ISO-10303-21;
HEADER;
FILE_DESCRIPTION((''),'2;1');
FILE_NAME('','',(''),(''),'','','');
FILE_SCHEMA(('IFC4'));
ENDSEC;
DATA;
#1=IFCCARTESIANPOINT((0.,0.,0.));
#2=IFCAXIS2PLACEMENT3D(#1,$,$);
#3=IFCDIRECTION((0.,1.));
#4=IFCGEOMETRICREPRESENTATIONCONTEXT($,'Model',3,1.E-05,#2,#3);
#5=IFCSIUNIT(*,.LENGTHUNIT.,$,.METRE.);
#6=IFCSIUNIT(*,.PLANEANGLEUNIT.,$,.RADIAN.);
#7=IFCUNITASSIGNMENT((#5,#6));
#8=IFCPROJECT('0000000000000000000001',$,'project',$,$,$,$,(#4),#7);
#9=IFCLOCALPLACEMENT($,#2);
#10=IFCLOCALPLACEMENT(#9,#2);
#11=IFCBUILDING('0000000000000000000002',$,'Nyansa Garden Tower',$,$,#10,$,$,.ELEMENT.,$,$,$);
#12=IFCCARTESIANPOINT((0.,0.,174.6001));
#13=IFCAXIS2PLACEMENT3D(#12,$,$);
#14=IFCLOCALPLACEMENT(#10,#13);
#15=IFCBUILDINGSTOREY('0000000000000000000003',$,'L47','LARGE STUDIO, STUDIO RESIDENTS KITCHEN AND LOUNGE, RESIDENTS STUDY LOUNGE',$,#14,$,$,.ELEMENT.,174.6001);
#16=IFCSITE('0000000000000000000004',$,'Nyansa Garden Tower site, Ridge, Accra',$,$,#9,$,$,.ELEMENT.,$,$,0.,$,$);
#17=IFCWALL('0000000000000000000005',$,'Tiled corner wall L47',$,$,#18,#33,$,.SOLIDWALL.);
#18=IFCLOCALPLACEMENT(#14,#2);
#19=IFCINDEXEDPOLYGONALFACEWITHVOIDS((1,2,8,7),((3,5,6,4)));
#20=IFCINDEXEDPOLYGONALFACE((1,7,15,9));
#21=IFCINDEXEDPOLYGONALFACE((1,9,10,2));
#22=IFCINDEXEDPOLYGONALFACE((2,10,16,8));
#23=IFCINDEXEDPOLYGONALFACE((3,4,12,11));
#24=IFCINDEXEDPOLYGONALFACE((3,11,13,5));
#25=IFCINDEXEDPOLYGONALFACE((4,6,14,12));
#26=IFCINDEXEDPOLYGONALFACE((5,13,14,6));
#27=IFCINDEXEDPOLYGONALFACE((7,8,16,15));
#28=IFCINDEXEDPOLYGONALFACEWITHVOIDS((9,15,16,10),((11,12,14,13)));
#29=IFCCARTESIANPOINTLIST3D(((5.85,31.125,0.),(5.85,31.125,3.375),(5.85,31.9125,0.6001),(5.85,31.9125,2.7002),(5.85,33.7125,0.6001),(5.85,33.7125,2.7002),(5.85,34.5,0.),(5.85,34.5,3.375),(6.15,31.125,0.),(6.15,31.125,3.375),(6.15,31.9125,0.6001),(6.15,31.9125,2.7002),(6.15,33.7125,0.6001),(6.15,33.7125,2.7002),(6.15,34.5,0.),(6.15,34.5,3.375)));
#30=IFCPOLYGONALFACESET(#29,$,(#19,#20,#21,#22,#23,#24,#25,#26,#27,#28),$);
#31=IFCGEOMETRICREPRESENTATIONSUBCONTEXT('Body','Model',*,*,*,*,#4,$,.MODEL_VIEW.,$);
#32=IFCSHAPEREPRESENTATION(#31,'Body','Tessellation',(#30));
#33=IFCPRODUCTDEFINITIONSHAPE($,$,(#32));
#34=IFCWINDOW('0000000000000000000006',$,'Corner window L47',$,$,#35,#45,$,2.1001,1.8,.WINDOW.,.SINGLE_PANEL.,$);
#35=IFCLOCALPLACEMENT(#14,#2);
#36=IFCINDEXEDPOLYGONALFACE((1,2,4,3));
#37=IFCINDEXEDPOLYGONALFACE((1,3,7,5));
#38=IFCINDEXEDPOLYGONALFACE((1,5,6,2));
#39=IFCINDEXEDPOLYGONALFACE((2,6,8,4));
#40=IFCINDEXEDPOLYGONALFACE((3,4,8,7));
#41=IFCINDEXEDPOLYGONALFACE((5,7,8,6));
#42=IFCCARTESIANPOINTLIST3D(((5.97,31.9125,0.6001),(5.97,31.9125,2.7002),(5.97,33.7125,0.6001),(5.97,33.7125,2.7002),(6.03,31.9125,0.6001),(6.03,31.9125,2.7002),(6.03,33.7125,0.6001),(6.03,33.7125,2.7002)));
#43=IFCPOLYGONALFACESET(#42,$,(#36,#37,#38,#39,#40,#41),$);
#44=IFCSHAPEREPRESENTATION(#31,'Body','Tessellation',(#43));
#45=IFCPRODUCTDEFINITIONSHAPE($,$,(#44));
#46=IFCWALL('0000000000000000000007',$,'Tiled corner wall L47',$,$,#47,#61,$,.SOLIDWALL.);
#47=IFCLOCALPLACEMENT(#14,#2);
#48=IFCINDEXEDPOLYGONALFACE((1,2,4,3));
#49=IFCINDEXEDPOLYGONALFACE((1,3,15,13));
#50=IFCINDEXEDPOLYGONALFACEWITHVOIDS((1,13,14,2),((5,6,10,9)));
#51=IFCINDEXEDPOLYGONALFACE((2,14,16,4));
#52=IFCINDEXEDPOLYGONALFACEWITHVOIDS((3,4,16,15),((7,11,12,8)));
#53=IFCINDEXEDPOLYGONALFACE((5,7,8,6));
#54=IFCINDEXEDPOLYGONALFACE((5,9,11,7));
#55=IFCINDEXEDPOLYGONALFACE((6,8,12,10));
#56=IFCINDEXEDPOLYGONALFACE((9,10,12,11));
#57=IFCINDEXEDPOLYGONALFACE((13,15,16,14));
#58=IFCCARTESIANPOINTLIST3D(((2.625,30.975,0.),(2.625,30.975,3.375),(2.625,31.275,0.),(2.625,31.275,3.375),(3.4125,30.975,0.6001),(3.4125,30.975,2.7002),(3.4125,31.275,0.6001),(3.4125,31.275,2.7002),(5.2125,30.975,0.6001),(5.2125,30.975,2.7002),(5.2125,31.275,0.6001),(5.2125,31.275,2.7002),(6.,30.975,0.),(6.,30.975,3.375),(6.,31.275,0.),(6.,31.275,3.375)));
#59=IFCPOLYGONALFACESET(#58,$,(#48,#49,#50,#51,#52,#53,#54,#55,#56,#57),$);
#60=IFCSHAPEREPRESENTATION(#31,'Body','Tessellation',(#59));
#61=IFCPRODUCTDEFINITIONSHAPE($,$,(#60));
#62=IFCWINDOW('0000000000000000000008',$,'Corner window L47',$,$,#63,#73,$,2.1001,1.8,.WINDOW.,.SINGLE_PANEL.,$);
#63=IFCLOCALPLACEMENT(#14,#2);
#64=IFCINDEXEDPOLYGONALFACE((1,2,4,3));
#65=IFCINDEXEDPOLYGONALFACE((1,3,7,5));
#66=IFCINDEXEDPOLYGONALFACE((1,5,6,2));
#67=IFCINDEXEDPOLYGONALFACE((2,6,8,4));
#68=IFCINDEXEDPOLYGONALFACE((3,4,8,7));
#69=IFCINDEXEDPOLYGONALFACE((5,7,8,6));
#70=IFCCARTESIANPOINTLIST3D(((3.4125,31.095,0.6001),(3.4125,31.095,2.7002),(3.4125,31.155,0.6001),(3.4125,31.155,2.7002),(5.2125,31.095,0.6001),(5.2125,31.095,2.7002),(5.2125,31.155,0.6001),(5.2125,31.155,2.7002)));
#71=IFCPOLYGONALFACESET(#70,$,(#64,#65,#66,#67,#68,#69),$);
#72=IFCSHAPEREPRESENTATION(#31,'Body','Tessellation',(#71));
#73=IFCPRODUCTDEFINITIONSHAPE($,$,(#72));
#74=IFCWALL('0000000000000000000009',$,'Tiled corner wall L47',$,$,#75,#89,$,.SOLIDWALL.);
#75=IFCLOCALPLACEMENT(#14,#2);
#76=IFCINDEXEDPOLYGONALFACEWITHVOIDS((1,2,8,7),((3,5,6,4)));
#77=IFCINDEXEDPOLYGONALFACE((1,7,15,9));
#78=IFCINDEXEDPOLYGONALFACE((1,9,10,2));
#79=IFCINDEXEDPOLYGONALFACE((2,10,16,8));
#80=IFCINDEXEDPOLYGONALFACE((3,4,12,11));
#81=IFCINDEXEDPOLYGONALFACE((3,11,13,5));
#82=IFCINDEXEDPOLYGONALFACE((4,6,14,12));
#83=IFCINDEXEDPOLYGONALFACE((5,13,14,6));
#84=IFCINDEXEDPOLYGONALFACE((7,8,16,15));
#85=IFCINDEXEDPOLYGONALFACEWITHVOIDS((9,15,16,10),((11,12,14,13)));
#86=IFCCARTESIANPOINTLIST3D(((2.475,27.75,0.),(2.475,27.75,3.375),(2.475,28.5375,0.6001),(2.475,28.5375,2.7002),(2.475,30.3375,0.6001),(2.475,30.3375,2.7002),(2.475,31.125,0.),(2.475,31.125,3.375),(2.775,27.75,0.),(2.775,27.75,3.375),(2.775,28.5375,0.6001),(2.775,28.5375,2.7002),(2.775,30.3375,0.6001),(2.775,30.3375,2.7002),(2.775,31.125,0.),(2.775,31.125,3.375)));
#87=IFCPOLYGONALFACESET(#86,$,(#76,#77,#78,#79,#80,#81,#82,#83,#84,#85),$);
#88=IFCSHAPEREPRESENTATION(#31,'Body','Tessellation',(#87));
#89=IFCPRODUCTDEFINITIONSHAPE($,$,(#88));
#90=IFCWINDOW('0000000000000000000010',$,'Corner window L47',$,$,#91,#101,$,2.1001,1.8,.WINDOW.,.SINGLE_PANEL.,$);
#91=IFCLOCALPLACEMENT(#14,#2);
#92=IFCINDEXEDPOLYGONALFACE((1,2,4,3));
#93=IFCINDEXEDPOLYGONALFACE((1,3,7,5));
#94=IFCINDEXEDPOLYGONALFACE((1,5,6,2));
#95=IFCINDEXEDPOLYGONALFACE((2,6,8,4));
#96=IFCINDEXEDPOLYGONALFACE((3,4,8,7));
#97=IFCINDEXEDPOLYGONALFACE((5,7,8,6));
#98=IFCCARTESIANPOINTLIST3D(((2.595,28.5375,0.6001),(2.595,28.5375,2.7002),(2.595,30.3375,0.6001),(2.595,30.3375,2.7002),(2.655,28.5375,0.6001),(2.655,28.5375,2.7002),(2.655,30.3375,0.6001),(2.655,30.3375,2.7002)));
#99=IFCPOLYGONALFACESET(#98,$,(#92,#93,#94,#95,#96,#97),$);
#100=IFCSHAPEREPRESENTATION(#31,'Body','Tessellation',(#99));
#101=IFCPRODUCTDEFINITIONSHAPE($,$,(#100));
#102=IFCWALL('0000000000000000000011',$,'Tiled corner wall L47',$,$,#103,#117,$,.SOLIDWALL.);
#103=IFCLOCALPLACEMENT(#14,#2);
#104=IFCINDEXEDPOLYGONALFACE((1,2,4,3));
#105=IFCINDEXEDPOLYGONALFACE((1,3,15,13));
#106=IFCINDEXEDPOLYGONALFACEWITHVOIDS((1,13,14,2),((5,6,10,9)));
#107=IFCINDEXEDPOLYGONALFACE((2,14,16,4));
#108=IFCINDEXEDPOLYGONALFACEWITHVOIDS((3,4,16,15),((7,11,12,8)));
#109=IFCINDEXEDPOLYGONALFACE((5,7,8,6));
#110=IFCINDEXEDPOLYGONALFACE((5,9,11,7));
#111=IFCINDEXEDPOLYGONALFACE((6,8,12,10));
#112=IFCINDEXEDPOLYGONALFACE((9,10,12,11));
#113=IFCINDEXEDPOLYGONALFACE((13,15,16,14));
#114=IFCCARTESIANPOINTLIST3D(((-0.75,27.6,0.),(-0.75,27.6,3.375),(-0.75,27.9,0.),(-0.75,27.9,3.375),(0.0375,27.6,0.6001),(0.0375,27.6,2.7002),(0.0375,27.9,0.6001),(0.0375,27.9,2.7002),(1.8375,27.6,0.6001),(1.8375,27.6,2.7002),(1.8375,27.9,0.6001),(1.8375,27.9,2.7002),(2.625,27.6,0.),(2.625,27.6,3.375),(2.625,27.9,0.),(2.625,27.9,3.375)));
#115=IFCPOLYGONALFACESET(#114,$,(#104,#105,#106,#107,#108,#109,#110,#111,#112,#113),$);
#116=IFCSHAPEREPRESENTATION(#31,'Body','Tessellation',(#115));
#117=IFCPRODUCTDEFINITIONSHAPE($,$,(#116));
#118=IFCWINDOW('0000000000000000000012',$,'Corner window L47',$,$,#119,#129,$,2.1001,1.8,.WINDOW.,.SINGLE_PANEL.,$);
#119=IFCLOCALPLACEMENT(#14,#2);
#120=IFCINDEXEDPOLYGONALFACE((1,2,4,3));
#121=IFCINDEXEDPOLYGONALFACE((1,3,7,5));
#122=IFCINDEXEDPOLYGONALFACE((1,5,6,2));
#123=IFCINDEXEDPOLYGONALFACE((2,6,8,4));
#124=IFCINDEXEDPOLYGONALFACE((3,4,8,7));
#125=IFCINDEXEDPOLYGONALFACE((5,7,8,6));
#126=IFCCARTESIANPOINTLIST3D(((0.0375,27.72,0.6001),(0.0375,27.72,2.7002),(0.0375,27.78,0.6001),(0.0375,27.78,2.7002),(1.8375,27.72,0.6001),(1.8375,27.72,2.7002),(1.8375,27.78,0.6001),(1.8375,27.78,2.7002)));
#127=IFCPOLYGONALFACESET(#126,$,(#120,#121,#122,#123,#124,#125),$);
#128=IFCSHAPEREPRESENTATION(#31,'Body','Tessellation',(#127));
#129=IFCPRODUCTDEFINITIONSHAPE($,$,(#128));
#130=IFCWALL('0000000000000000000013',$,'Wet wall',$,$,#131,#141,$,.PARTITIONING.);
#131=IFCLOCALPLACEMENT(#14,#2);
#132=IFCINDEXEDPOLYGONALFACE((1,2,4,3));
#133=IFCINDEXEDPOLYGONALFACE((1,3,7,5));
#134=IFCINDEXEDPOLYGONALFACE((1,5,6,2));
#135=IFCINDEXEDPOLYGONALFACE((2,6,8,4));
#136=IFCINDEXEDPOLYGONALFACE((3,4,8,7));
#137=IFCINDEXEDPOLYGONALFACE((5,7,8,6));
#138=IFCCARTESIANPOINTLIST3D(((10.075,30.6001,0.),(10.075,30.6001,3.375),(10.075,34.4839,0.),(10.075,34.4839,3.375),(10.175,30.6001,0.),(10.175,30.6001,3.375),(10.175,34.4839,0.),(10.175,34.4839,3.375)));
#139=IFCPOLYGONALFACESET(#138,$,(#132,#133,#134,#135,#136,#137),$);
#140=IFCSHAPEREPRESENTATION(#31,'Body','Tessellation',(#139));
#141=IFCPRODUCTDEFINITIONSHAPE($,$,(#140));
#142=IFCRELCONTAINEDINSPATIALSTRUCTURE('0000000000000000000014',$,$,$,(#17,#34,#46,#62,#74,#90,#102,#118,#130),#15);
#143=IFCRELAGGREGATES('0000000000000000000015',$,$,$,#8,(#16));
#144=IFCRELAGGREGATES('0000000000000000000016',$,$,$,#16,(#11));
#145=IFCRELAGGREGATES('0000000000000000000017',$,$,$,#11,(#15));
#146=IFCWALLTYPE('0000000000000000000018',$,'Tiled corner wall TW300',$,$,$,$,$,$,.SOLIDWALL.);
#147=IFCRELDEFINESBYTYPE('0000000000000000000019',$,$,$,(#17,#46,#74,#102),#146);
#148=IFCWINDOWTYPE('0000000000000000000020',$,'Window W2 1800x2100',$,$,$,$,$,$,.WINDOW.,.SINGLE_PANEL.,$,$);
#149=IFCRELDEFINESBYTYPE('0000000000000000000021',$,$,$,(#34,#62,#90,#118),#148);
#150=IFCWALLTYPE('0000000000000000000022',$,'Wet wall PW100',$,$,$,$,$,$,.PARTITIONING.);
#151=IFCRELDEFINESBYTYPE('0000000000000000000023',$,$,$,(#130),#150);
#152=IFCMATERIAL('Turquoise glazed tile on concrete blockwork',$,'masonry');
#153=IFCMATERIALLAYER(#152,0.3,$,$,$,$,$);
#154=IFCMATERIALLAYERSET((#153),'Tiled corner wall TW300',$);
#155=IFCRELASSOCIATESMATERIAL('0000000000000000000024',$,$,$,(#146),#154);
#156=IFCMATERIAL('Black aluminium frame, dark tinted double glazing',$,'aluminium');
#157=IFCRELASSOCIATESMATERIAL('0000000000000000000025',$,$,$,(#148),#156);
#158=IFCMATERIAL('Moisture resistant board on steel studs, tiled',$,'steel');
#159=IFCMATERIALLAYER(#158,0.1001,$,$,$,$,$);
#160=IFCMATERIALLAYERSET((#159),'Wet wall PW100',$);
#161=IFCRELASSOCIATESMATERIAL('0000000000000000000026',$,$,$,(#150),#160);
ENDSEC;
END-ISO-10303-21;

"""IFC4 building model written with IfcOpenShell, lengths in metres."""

from ifc_helpers import new_model, si_unit, direction, frame, frame_2d, origin, place, context, subcontext, project, spatial, rectangle, extrude, material, layer, layer_set, type_object, element, fill, save


model = new_model("IFC4")

# Units and contexts
model_context = context("Model", 3, precision=1e-05, world=origin(), true_north=direction((0.0, 1.0)))
body_context = subcontext(model_context, "Body", "Model", "MODEL_VIEW")
ifc_project = project(units=[si_unit("LENGTHUNIT", "METRE"), si_unit("PLANEANGLEUNIT", "RADIAN")], contexts=[model_context])

# Site, building, storey
site_placement = place(None, origin())
site = spatial("IfcSite", under=ifc_project, at=site_placement, Name="Nyansa Garden Tower site, Ridge, Accra", CompositionType="ELEMENT", RefElevation=0.0)
building_placement = place(site_placement, origin())
building = spatial("IfcBuilding", under=site, at=building_placement, Name="Nyansa Garden Tower", CompositionType="ELEMENT")
storey_placement = place(building_placement, frame((0.0, 0.0, 174.6001)))
storey = spatial("IfcBuildingStorey", under=building, at=storey_placement, Name="L47", Description="LARGE STUDIO, STUDIO RESIDENTS KITCHEN AND LOUNGE, RESIDENTS STUDY LOUNGE", CompositionType="ELEMENT", Elevation=174.6001)

# Walls, openings, windows
ifc_material_1 = material(Name="Turquoise glazed tile on concrete blockwork", Category="masonry")
ifc_layer_1 = layer(ifc_material_1, 0.3)
ifc_layer_set_1 = layer_set([ifc_layer_1], Name="Tiled corner wall TW300")
wall_type_1 = type_object("IfcWallType", Name="Tiled corner wall TW300", PredefinedType="SOLIDWALL", material=ifc_layer_set_1)
wall_1_placement = place(storey_placement, frame((6.0, 34.5, 0.0), z_axis=(0.0, 0.0, 1.0), x_axis=(0.0, -1.0, 0.0)))
wall_1 = element("IfcWall", 1, at=wall_1_placement, inside=storey, type_object=wall_type_1, Name="Tiled corner wall L47", PredefinedType="SOLIDWALL", context=body_context, shape_type="SweptSolid", body=[
    extrude(rectangle(XDim=3.375, YDim=0.3, at=frame_2d((1.6875, 0.0))), origin(), (0.0, 0.0, 1.0), 3.375),
])
opening_1_placement = place(wall_1_placement, frame((0.7876, 0.0, 0.6001)))
opening_1 = element("IfcOpeningElement", 2, at=opening_1_placement, cuts=wall_1, PredefinedType="OPENING", context=body_context, shape_type="SweptSolid", body=[
    extrude(rectangle(XDim=1.8, YDim=2.1001, at=frame_2d((0.8999, 1.05))), frame((0.0, 0.1599, 0.0), z_axis=(0.0, -1.0, 0.0), x_axis=(1.0, 0.0, 0.0)), (0.0, 0.0, 1.0), 0.3201),
])
ifc_material_2 = material(Name="Black aluminium frame, dark tinted double glazing", Category="aluminium")
window_type = type_object("IfcWindowType", Name="Window W2 1800x2100", PartitioningType="SINGLE_PANEL", PredefinedType="WINDOW", material=ifc_material_2)
window_1_placement = place(opening_1_placement, origin())
window_1 = element("IfcWindow", 3, at=window_1_placement, inside=storey, type_object=window_type, Name="Corner window L47", OverallHeight=2.1001, OverallWidth=1.8, PartitioningType="SINGLE_PANEL", PredefinedType="WINDOW", context=body_context, shape_type="SweptSolid", body=[
    extrude(rectangle(XDim=1.8, YDim=2.1001, at=frame_2d((0.8999, 1.05))), frame((0.0, 0.03, 0.0), z_axis=(0.0, -1.0, 0.0), x_axis=(1.0, 0.0, 0.0)), (0.0, 0.0, 1.0), 0.0601),
])
fill(opening_1, window_1)
wall_2_placement = place(storey_placement, frame((6.0, 31.125, 0.0), z_axis=(0.0, 0.0, 1.0), x_axis=(-1.0, 0.0, 0.0)))
wall_2 = element("IfcWall", 4, at=wall_2_placement, inside=storey, type_object=wall_type_1, Name="Tiled corner wall L47", PredefinedType="SOLIDWALL", context=body_context, shape_type="SweptSolid", body=[
    extrude(rectangle(XDim=3.375, YDim=0.3, at=frame_2d((1.6875, 0.0))), origin(), (0.0, 0.0, 1.0), 3.375),
])
opening_2_placement = place(wall_2_placement, frame((0.7876, 0.0, 0.6001)))
opening_2 = element("IfcOpeningElement", 5, at=opening_2_placement, cuts=wall_2, PredefinedType="OPENING", context=body_context, shape_type="SweptSolid", body=[
    extrude(rectangle(XDim=1.8, YDim=2.1001, at=frame_2d((0.8999, 1.05))), frame((0.0, 0.1599, 0.0), z_axis=(0.0, -1.0, 0.0), x_axis=(1.0, 0.0, 0.0)), (0.0, 0.0, 1.0), 0.3201),
])
window_2_placement = place(opening_2_placement, origin())
window_2 = element("IfcWindow", 6, at=window_2_placement, inside=storey, type_object=window_type, Name="Corner window L47", OverallHeight=2.1001, OverallWidth=1.8, PartitioningType="SINGLE_PANEL", PredefinedType="WINDOW", context=body_context, shape_type="SweptSolid", body=[
    extrude(rectangle(XDim=1.8, YDim=2.1001, at=frame_2d((0.8999, 1.05))), frame((0.0, 0.03, 0.0), z_axis=(0.0, -1.0, 0.0), x_axis=(1.0, 0.0, 0.0)), (0.0, 0.0, 1.0), 0.0601),
])
fill(opening_2, window_2)
wall_3_placement = place(storey_placement, frame((2.625, 31.125, 0.0), z_axis=(0.0, 0.0, 1.0), x_axis=(0.0, -1.0, 0.0)))
wall_3 = element("IfcWall", 7, at=wall_3_placement, inside=storey, type_object=wall_type_1, Name="Tiled corner wall L47", PredefinedType="SOLIDWALL", context=body_context, shape_type="SweptSolid", body=[
    extrude(rectangle(XDim=3.375, YDim=0.3, at=frame_2d((1.6875, 0.0))), origin(), (0.0, 0.0, 1.0), 3.375),
])
opening_3_placement = place(wall_3_placement, frame((0.7876, 0.0, 0.6001)))
opening_3 = element("IfcOpeningElement", 8, at=opening_3_placement, cuts=wall_3, PredefinedType="OPENING", context=body_context, shape_type="SweptSolid", body=[
    extrude(rectangle(XDim=1.8, YDim=2.1001, at=frame_2d((0.8999, 1.05))), frame((0.0, 0.1599, 0.0), z_axis=(0.0, -1.0, 0.0), x_axis=(1.0, 0.0, 0.0)), (0.0, 0.0, 1.0), 0.3201),
])
window_3_placement = place(opening_3_placement, origin())
window_3 = element("IfcWindow", 9, at=window_3_placement, inside=storey, type_object=window_type, Name="Corner window L47", OverallHeight=2.1001, OverallWidth=1.8, PartitioningType="SINGLE_PANEL", PredefinedType="WINDOW", context=body_context, shape_type="SweptSolid", body=[
    extrude(rectangle(XDim=1.8, YDim=2.1001, at=frame_2d((0.8999, 1.05))), frame((0.0, 0.03, 0.0), z_axis=(0.0, -1.0, 0.0), x_axis=(1.0, 0.0, 0.0)), (0.0, 0.0, 1.0), 0.0601),
])
fill(opening_3, window_3)
wall_4_placement = place(storey_placement, frame((2.625, 27.75, 0.0), z_axis=(0.0, 0.0, 1.0), x_axis=(-1.0, 0.0, 0.0)))
wall_4 = element("IfcWall", 10, at=wall_4_placement, inside=storey, type_object=wall_type_1, Name="Tiled corner wall L47", PredefinedType="SOLIDWALL", context=body_context, shape_type="SweptSolid", body=[
    extrude(rectangle(XDim=3.375, YDim=0.3, at=frame_2d((1.6875, 0.0))), origin(), (0.0, 0.0, 1.0), 3.375),
])
opening_4_placement = place(wall_4_placement, frame((0.7876, 0.0, 0.6001)))
opening_4 = element("IfcOpeningElement", 11, at=opening_4_placement, cuts=wall_4, PredefinedType="OPENING", context=body_context, shape_type="SweptSolid", body=[
    extrude(rectangle(XDim=1.8, YDim=2.1001, at=frame_2d((0.8999, 1.05))), frame((0.0, 0.1599, 0.0), z_axis=(0.0, -1.0, 0.0), x_axis=(1.0, 0.0, 0.0)), (0.0, 0.0, 1.0), 0.3201),
])
window_4_placement = place(opening_4_placement, origin())
window_4 = element("IfcWindow", 12, at=window_4_placement, inside=storey, type_object=window_type, Name="Corner window L47", OverallHeight=2.1001, OverallWidth=1.8, PartitioningType="SINGLE_PANEL", PredefinedType="WINDOW", context=body_context, shape_type="SweptSolid", body=[
    extrude(rectangle(XDim=1.8, YDim=2.1001, at=frame_2d((0.8999, 1.05))), frame((0.0, 0.03, 0.0), z_axis=(0.0, -1.0, 0.0), x_axis=(1.0, 0.0, 0.0)), (0.0, 0.0, 1.0), 0.0601),
])
fill(opening_4, window_4)

# Wall
ifc_material_3 = material(Name="Moisture resistant board on steel studs, tiled", Category="steel")
ifc_layer_2 = layer(ifc_material_3, 0.1001)
ifc_layer_set_2 = layer_set([ifc_layer_2], Name="Wet wall PW100")
wall_type_2 = type_object("IfcWallType", Name="Wet wall PW100", PredefinedType="PARTITIONING", material=ifc_layer_set_2)
wall_5_placement = place(storey_placement, frame((10.125, 30.6001, 0.0), z_axis=(0.0, 0.0, 1.0), x_axis=(0.0, 1.0, 0.0)))
element("IfcWall", 13, at=wall_5_placement, inside=storey, type_object=wall_type_2, Name="Wet wall", PredefinedType="PARTITIONING", context=body_context, shape_type="SweptSolid", body=[
    extrude(rectangle(XDim=3.8838, YDim=0.1001, at=frame_2d((1.9419, 0.0))), origin(), (0.0, 0.0, 1.0), 3.375),
])

save(model, "model.ifc")
